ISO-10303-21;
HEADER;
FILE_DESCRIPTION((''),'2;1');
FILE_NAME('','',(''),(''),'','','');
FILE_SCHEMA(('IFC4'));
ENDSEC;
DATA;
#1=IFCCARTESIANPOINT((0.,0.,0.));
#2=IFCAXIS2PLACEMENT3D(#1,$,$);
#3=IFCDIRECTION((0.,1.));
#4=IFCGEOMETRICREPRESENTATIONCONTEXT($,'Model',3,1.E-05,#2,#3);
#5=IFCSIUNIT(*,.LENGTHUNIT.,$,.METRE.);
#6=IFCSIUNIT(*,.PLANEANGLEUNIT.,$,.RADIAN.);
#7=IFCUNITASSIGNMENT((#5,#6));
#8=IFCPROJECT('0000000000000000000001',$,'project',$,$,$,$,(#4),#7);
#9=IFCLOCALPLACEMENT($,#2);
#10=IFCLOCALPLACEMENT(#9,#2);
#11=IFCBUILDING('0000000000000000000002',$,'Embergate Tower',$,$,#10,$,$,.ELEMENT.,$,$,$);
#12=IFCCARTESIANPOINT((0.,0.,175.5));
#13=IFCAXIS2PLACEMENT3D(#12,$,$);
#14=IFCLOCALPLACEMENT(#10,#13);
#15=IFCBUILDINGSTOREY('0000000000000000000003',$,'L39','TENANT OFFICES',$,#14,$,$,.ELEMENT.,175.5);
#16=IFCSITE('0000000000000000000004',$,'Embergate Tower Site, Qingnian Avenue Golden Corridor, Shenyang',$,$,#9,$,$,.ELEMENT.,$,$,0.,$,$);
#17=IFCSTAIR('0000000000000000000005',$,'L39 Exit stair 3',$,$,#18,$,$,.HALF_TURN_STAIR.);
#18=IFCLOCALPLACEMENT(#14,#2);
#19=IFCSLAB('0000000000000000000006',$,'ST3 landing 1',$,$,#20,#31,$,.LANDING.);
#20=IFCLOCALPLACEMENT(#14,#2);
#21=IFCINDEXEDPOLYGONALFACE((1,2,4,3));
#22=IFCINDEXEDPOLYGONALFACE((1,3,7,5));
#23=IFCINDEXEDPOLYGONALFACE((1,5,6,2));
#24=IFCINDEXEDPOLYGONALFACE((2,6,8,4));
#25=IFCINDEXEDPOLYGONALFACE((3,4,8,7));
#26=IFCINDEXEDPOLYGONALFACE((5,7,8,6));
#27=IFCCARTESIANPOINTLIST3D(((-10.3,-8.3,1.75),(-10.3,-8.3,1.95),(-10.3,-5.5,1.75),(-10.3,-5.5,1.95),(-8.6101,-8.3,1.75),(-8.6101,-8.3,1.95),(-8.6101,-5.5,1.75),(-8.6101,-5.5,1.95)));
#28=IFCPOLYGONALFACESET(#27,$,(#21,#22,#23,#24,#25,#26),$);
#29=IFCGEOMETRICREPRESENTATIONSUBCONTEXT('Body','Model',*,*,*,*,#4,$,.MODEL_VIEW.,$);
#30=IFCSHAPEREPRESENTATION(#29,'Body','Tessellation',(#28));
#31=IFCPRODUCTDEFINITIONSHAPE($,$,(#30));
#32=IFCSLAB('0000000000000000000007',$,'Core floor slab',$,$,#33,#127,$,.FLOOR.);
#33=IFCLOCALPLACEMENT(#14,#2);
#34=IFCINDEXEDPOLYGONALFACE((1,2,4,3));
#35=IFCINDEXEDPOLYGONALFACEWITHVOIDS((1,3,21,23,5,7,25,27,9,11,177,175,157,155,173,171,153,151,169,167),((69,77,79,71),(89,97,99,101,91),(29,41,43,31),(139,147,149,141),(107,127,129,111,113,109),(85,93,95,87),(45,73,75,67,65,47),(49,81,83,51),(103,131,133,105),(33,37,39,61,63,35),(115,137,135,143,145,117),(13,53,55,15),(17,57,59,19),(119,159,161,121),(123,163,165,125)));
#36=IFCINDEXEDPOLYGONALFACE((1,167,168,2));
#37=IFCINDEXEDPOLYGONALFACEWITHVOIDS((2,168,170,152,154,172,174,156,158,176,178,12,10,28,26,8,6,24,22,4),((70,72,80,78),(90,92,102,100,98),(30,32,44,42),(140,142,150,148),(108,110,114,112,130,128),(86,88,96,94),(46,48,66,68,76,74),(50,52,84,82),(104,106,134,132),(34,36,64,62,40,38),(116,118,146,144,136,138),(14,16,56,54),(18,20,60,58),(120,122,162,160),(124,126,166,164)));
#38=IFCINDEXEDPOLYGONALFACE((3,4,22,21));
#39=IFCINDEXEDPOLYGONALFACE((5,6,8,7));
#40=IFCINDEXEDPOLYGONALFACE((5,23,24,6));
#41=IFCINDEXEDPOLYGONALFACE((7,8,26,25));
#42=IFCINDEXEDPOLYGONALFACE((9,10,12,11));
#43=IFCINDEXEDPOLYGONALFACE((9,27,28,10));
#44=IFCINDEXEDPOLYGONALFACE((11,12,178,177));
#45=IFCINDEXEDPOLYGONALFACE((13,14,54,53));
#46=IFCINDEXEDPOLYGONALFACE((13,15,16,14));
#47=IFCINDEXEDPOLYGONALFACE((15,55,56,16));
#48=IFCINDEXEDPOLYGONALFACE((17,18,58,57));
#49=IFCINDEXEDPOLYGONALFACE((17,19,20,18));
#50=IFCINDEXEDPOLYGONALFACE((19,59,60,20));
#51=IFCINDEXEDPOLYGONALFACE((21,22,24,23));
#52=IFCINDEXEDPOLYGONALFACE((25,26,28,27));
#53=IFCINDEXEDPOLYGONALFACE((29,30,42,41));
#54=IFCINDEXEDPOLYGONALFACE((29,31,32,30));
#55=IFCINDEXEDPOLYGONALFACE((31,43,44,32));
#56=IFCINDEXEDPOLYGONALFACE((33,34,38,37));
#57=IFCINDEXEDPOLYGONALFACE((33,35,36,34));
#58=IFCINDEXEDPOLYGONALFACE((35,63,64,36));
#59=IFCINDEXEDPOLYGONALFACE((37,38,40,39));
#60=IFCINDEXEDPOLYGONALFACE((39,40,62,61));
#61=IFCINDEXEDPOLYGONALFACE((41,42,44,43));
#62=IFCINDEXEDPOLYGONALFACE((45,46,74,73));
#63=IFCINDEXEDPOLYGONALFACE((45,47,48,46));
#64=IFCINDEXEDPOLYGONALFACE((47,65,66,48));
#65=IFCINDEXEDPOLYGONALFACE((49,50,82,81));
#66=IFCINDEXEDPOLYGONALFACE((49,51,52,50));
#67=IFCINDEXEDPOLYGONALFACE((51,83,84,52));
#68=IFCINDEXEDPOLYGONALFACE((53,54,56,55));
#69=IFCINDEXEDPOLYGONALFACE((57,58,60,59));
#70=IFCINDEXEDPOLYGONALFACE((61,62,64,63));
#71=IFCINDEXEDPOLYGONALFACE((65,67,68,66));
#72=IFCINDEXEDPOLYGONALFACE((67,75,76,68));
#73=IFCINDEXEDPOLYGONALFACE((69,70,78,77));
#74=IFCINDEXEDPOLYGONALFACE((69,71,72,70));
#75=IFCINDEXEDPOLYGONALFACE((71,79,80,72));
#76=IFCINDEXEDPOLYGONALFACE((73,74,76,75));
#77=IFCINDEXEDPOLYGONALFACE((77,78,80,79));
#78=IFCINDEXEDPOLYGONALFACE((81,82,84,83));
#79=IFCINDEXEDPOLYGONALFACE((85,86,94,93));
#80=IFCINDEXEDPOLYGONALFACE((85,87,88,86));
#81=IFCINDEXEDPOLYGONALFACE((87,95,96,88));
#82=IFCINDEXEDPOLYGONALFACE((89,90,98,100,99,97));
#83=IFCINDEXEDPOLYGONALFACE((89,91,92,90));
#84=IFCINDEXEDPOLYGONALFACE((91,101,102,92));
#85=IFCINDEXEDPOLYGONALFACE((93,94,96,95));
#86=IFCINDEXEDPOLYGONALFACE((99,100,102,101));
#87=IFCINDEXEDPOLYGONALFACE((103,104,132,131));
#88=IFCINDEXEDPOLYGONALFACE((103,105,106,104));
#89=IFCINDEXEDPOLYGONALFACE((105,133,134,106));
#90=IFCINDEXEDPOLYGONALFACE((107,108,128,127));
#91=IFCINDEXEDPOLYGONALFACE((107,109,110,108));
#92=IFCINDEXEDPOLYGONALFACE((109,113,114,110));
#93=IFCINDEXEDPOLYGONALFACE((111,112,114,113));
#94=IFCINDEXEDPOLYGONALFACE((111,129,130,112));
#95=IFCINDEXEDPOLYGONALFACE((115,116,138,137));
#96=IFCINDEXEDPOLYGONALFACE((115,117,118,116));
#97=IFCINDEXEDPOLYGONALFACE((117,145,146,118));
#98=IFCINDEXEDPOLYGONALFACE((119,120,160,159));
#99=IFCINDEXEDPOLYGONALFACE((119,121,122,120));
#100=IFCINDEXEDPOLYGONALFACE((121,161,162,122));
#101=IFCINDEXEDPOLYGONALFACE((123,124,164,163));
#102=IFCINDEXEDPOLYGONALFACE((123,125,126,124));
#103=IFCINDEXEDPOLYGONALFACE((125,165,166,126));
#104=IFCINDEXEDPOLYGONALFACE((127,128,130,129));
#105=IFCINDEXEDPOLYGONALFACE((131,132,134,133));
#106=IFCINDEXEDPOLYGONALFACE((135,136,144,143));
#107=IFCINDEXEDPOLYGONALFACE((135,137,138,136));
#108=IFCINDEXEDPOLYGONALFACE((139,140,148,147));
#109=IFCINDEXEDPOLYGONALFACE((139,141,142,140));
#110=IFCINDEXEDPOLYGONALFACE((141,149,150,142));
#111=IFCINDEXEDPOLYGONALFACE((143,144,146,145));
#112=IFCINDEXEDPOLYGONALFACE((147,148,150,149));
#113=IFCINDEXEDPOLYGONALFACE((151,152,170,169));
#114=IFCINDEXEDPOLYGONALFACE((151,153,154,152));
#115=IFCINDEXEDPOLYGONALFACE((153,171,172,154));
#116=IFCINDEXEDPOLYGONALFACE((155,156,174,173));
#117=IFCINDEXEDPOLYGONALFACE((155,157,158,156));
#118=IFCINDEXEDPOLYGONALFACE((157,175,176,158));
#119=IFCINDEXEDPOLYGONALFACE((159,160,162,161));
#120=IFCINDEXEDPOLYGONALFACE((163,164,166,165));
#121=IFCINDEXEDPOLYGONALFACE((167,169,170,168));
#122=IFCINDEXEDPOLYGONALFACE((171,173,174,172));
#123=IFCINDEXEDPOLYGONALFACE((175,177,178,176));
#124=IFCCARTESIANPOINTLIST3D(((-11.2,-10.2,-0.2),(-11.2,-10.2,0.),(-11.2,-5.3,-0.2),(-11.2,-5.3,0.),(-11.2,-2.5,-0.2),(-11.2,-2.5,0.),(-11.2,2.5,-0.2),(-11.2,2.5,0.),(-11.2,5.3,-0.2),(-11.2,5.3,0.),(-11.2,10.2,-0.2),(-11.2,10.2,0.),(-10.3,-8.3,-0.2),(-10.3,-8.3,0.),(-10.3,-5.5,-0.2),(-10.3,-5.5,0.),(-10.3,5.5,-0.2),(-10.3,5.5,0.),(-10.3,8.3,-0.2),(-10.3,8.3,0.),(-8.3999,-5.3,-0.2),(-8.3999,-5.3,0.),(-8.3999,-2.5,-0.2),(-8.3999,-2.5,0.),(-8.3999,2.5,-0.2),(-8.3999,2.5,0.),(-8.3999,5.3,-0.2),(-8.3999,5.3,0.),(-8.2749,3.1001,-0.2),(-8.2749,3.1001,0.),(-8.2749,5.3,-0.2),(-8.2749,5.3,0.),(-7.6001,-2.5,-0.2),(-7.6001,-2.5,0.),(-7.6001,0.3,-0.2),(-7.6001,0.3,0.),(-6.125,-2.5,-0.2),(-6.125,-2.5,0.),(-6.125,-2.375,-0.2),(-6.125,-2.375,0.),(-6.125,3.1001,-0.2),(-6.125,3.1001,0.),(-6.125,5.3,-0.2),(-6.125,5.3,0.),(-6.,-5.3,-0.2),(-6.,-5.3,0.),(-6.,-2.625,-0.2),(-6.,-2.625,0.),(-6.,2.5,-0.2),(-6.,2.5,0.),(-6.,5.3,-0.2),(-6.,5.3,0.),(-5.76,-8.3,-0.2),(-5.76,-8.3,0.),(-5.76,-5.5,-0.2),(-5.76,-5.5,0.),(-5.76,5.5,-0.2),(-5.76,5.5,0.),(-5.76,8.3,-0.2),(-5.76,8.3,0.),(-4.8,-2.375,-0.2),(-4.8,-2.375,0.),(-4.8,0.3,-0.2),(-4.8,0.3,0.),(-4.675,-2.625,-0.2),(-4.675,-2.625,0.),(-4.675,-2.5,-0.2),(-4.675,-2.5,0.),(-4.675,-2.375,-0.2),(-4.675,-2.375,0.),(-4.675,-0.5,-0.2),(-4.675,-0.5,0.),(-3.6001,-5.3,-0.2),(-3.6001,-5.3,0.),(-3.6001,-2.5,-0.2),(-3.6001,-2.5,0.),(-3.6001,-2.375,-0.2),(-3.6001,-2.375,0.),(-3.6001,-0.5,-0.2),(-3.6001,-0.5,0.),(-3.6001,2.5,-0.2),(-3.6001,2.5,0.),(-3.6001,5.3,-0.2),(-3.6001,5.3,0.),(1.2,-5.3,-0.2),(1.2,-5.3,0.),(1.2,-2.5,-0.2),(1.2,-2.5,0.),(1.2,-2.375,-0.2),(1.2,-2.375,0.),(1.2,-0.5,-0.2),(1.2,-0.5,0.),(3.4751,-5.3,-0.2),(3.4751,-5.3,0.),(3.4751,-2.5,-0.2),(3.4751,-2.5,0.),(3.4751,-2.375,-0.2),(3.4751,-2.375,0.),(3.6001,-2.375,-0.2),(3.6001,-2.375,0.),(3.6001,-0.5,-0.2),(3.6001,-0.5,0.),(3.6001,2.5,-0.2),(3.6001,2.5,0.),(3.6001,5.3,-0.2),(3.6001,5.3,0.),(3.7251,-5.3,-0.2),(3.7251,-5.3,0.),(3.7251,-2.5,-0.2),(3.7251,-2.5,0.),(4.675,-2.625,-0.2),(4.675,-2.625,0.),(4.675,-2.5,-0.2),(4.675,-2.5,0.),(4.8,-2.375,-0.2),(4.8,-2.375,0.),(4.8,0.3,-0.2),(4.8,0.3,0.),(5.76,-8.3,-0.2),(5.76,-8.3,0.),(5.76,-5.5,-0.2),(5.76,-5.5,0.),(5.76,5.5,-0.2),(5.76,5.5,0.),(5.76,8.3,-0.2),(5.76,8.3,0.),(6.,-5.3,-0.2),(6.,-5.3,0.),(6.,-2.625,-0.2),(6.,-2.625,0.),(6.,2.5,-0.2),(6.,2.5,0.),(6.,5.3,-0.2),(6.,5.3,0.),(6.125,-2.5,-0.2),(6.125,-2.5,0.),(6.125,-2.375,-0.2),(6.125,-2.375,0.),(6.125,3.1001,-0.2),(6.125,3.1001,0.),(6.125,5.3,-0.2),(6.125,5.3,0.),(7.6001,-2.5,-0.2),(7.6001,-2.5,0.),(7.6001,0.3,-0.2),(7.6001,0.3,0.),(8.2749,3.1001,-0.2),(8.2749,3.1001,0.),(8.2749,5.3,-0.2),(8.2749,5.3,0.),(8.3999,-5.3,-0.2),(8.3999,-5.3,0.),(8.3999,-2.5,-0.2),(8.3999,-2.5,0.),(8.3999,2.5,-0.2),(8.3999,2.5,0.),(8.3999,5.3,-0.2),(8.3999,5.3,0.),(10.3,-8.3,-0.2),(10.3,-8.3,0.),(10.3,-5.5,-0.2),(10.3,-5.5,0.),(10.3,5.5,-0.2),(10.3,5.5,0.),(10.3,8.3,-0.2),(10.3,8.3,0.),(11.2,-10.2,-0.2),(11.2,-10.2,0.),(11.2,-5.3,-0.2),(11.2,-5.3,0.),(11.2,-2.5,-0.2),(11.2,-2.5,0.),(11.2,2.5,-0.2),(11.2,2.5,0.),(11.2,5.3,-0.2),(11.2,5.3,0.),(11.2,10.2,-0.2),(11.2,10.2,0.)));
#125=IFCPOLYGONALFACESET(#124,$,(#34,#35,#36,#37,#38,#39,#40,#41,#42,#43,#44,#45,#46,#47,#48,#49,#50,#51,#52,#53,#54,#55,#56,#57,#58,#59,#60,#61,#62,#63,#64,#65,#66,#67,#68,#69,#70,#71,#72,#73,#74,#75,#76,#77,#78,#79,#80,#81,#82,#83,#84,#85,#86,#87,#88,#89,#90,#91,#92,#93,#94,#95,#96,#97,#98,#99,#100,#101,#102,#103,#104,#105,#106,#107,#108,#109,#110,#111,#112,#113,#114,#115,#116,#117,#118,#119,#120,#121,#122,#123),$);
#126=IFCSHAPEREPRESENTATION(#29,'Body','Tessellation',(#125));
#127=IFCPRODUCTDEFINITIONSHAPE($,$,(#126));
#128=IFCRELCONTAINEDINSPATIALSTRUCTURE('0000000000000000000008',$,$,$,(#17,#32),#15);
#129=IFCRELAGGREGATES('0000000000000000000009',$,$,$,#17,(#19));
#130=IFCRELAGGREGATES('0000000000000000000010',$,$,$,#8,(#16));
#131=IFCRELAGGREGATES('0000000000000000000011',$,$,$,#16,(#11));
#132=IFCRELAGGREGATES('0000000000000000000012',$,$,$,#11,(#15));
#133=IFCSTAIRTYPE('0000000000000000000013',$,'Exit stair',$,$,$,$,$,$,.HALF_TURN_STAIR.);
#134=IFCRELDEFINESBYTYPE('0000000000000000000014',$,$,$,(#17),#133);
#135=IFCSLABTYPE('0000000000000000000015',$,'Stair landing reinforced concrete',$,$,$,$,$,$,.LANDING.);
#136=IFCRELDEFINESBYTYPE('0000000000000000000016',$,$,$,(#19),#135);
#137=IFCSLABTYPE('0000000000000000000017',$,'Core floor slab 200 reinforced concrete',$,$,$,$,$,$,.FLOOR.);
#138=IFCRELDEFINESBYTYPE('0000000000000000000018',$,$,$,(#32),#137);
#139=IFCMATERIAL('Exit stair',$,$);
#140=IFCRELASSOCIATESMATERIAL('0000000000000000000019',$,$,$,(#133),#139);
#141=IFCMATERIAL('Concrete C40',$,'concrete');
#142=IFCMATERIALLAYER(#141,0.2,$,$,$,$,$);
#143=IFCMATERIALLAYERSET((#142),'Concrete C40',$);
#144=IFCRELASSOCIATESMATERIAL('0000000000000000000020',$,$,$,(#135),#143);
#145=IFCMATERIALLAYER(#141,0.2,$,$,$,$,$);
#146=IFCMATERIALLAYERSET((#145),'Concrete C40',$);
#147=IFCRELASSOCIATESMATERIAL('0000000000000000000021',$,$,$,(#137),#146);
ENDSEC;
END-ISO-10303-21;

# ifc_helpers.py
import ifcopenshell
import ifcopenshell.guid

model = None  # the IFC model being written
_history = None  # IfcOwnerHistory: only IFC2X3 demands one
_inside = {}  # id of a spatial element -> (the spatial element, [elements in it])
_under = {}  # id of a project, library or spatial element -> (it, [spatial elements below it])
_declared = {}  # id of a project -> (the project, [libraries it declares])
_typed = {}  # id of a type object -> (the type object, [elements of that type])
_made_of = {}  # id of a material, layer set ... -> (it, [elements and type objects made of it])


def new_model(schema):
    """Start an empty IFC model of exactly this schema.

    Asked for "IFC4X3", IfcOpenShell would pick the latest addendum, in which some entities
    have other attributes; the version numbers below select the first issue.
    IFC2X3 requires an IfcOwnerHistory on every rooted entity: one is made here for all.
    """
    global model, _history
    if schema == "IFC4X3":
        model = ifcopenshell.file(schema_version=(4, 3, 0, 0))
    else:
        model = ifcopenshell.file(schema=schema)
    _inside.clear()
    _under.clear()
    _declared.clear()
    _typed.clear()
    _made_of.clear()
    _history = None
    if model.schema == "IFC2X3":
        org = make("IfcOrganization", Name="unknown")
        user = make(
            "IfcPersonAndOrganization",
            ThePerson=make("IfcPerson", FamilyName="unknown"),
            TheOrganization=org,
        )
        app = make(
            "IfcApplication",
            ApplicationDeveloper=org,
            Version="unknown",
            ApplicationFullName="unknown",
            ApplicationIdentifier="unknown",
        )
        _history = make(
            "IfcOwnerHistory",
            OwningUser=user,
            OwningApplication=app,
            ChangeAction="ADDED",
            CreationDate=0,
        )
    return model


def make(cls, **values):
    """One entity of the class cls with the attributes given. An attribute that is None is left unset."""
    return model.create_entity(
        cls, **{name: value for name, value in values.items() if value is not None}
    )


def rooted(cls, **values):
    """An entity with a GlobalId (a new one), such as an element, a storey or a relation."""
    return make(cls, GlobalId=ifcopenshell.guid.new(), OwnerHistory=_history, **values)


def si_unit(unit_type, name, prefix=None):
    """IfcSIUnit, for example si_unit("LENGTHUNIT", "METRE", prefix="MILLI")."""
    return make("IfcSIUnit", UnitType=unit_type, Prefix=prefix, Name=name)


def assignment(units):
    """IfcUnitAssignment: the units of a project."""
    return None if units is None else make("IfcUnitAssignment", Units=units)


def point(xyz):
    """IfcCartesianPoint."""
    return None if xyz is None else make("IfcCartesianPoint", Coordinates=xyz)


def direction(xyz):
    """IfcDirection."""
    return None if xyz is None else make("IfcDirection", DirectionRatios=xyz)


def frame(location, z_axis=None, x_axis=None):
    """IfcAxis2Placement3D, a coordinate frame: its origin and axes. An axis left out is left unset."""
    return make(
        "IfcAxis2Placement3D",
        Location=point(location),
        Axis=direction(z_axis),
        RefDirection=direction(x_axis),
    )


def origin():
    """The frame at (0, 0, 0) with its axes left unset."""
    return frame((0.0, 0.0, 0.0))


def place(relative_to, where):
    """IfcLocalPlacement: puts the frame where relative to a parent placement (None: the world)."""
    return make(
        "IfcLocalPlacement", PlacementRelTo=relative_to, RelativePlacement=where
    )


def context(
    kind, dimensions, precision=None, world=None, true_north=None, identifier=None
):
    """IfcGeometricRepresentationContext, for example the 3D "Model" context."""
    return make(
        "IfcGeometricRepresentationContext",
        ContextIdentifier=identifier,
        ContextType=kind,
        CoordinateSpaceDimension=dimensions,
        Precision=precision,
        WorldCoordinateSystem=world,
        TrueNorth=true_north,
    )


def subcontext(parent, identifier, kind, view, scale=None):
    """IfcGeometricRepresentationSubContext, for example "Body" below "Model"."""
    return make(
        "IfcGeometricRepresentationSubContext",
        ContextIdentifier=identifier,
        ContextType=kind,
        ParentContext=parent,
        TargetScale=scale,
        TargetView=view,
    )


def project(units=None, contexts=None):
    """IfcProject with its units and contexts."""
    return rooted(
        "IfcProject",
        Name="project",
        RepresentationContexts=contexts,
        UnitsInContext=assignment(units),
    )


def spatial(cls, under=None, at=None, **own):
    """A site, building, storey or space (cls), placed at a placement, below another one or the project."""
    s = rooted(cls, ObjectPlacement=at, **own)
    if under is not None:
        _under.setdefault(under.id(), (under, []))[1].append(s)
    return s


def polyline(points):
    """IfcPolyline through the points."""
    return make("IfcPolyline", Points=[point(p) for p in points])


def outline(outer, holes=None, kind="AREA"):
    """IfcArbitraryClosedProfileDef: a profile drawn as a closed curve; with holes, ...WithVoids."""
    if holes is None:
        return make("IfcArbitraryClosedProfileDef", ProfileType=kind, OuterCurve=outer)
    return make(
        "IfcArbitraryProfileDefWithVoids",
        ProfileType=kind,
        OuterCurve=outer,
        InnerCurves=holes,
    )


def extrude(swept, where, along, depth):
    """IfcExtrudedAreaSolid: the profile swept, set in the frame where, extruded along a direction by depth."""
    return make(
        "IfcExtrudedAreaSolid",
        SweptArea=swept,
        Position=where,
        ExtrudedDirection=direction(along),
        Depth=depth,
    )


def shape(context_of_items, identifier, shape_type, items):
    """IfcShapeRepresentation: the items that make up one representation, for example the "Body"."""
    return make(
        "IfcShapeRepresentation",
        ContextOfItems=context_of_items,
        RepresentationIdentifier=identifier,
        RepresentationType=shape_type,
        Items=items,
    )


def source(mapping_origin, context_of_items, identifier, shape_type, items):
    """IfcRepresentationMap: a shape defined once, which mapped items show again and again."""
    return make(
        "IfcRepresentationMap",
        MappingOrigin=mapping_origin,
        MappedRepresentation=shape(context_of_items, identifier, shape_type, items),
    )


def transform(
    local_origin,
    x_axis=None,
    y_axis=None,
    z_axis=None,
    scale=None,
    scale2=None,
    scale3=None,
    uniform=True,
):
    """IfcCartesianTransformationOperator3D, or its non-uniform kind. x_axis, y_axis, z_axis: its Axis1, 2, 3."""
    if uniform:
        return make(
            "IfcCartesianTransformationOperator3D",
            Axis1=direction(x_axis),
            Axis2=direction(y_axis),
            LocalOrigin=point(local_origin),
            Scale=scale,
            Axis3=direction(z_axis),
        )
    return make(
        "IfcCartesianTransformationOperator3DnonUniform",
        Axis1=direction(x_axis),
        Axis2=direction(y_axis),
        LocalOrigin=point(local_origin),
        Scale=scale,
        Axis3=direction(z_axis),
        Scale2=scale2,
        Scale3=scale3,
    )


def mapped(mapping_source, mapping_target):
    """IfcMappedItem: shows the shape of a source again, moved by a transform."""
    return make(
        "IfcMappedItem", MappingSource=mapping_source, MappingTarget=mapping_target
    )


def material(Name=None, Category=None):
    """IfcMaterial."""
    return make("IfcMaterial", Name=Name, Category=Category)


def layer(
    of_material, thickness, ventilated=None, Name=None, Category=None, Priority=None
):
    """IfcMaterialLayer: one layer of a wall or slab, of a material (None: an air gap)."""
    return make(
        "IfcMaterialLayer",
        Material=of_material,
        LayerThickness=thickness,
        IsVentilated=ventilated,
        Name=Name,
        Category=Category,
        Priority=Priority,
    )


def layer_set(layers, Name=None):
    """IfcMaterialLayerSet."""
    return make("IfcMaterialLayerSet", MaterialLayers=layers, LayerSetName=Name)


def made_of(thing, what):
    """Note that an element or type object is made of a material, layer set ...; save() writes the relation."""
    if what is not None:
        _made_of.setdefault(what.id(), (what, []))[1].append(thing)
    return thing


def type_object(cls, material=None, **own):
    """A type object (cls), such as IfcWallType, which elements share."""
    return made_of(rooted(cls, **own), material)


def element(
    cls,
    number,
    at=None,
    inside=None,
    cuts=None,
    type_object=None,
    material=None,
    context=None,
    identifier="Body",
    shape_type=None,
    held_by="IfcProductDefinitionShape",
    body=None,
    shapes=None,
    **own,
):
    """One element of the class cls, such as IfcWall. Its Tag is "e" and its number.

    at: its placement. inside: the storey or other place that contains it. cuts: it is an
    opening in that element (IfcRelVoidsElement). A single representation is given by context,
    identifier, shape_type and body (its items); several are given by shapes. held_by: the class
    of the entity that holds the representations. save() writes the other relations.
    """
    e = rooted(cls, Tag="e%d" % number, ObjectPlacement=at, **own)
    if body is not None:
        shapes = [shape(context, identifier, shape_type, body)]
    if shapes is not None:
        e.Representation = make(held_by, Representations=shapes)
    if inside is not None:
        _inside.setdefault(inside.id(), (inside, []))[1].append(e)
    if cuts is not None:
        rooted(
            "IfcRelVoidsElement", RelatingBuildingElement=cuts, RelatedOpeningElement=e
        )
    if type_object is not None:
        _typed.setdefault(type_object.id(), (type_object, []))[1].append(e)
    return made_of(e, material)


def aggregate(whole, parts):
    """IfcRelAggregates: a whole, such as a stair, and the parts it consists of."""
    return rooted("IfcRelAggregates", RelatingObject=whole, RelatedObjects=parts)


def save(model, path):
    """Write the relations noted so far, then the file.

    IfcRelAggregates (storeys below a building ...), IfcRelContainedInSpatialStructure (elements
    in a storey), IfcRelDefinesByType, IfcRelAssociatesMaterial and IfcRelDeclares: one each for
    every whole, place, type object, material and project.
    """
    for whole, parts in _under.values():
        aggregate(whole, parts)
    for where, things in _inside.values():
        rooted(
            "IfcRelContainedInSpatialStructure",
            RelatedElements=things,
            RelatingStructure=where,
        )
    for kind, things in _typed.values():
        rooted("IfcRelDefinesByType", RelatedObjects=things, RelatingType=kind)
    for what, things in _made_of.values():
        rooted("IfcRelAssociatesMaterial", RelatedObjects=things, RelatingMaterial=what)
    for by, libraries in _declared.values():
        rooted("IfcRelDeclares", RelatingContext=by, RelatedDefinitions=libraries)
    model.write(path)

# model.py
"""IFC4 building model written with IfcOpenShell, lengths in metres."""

from ifc_helpers import new_model, si_unit, direction, frame, origin, place, context, subcontext, project, spatial, polyline, outline, extrude, source, transform, mapped, material, layer, layer_set, type_object, element, aggregate, save


model = new_model("IFC4")

# Units and contexts
model_context = context("Model", 3, precision=1e-05, world=origin(), true_north=direction((0.0, 1.0)))
body_context = subcontext(model_context, "Body", "Model", "MODEL_VIEW")
ifc_project = project(units=[si_unit("LENGTHUNIT", "METRE"), si_unit("PLANEANGLEUNIT", "RADIAN")], contexts=[model_context])

# Site, building, storey
site_placement = place(None, origin())
site = spatial("IfcSite", under=ifc_project, at=site_placement, Name="Embergate Tower Site, Qingnian Avenue Golden Corridor, Shenyang", CompositionType="ELEMENT", RefElevation=0.0)
building_placement = place(site_placement, origin())
building = spatial("IfcBuilding", under=site, at=building_placement, Name="Embergate Tower", CompositionType="ELEMENT")
storey_placement = place(building_placement, frame((0.0, 0.0, 175.5)))
storey = spatial("IfcBuildingStorey", under=building, at=storey_placement, Name="L39", Description="TENANT OFFICES", CompositionType="ELEMENT", Elevation=175.5)

# Stair, slab
ifc_material_1 = material(Name="Exit stair")
stair_type = type_object("IfcStairType", Name="Exit stair", PredefinedType="HALF_TURN_STAIR", material=ifc_material_1)
stair_placement = place(storey_placement, origin())
stair = element("IfcStair", 1, at=stair_placement, inside=storey, type_object=stair_type, Name="L39 Exit stair 3", PredefinedType="HALF_TURN_STAIR")
ifc_material_2 = material(Name="Concrete C40", Category="concrete")
ifc_layer_1 = layer(ifc_material_2, 0.2)
ifc_layer_set_1 = layer_set([ifc_layer_1], Name="Concrete C40")
slab_type_1 = type_object("IfcSlabType", Name="Stair landing reinforced concrete", PredefinedType="LANDING", material=ifc_layer_set_1)
shared_shape_1 = source(origin(), body_context, "Body", "SweptSolid", [
    extrude(outline(polyline([(0.0, 0.0), (1.6899, 0.0), (1.6899, 2.8), (0.0, 2.8), (0.0, 0.0)])), origin(), (0.0, 0.0, 1.0), 0.2),
])
slab_1_placement = place(storey_placement, frame((-10.3, -8.3, 1.75)))
slab_1 = element("IfcSlab", 2, at=slab_1_placement, type_object=slab_type_1, Name="ST3 landing 1", PredefinedType="LANDING", context=body_context, shape_type="MappedRepresentation", body=[
    mapped(shared_shape_1, transform((0.0, 0.0, 0.0))),
])

# Slab
ifc_layer_2 = layer(ifc_material_2, 0.2)
ifc_layer_set_2 = layer_set([ifc_layer_2], Name="Concrete C40")
slab_type_2 = type_object("IfcSlabType", Name="Core floor slab 200 reinforced concrete", PredefinedType="FLOOR", material=ifc_layer_set_2)
shared_shape_2 = source(origin(), body_context, "Body", "SweptSolid", [
    extrude(outline(polyline([(0.0, 0.0), (22.3999, 0.0), (22.3999, 4.8999), (19.5999, 4.8999), (19.5999, 7.7), (22.3999, 7.7), (22.3999, 12.7), (19.5999, 12.7), (19.5999, 15.5), (22.3999, 15.5), (22.3999, 20.3999), (0.0, 20.3999), (0.0, 15.5), (2.8, 15.5), (2.8, 12.7), (0.0, 12.7), (0.0, 7.7), (2.8, 7.7), (2.8, 4.8999), (0.0, 4.8999), (0.0, 0.0)]), holes=[polyline([(0.8999, 1.8999), (0.8999, 4.7), (5.4399, 4.7), (5.4399, 1.8999), (0.8999, 1.8999)]), polyline([(16.96, 1.8999), (16.96, 4.7), (21.5, 4.7), (21.5, 1.8999), (16.96, 1.8999)]), polyline([(5.2, 4.8999), (5.2, 7.575), (6.5249, 7.575), (6.5249, 7.7), (7.5999, 7.7), (7.5999, 4.8999), (5.2, 4.8999)]), polyline([(12.3999, 4.8999), (12.3999, 7.7), (14.675, 7.7), (14.675, 4.8999), (12.3999, 4.8999)]), polyline([(14.925, 4.8999), (14.925, 7.7), (15.875, 7.7), (15.875, 7.575), (17.2, 7.575), (17.2, 4.8999), (14.925, 4.8999)]), polyline([(3.5999, 7.7), (3.5999, 10.5), (6.3999, 10.5), (6.3999, 7.825), (5.075, 7.825), (5.075, 7.7), (3.5999, 7.7)]), polyline([(17.325, 7.7), (17.325, 7.825), (16.0, 7.825), (16.0, 10.5), (18.8, 10.5), (18.8, 7.7), (17.325, 7.7)]), polyline([(6.5249, 7.825), (6.5249, 9.7), (7.5999, 9.7), (7.5999, 7.825), (6.5249, 7.825)]), polyline([(12.3999, 7.825), (12.3999, 9.7), (14.8, 9.7), (14.8, 7.825), (14.675, 7.825), (12.3999, 7.825)]), polyline([(5.2, 12.7), (5.2, 15.5), (7.5999, 15.5), (7.5999, 12.7), (5.2, 12.7)]), polyline([(14.8, 12.7), (14.8, 15.5), (17.2, 15.5), (17.2, 12.7), (14.8, 12.7)]), polyline([(2.925, 13.3), (2.925, 15.5), (5.075, 15.5), (5.075, 13.3), (2.925, 13.3)]), polyline([(17.325, 13.3), (17.325, 15.5), (19.4749, 15.5), (19.4749, 13.3), (17.325, 13.3)]), polyline([(0.8999, 15.7), (0.8999, 18.5), (5.4399, 18.5), (5.4399, 15.7), (0.8999, 15.7)]), polyline([(16.96, 15.7), (16.96, 18.5), (21.5, 18.5), (21.5, 15.7), (16.96, 15.7)])]), origin(), (0.0, 0.0, 1.0), 0.2),
])
slab_2_placement = place(storey_placement, frame((-11.2, -10.2, -0.2)))
element("IfcSlab", 3, at=slab_2_placement, inside=storey, type_object=slab_type_2, Name="Core floor slab", PredefinedType="FLOOR", context=body_context, shape_type="MappedRepresentation", body=[
    mapped(shared_shape_2, transform((0.0, 0.0, 0.0))),
])

aggregate(stair, [slab_1])

save(model, "model.ifc")
